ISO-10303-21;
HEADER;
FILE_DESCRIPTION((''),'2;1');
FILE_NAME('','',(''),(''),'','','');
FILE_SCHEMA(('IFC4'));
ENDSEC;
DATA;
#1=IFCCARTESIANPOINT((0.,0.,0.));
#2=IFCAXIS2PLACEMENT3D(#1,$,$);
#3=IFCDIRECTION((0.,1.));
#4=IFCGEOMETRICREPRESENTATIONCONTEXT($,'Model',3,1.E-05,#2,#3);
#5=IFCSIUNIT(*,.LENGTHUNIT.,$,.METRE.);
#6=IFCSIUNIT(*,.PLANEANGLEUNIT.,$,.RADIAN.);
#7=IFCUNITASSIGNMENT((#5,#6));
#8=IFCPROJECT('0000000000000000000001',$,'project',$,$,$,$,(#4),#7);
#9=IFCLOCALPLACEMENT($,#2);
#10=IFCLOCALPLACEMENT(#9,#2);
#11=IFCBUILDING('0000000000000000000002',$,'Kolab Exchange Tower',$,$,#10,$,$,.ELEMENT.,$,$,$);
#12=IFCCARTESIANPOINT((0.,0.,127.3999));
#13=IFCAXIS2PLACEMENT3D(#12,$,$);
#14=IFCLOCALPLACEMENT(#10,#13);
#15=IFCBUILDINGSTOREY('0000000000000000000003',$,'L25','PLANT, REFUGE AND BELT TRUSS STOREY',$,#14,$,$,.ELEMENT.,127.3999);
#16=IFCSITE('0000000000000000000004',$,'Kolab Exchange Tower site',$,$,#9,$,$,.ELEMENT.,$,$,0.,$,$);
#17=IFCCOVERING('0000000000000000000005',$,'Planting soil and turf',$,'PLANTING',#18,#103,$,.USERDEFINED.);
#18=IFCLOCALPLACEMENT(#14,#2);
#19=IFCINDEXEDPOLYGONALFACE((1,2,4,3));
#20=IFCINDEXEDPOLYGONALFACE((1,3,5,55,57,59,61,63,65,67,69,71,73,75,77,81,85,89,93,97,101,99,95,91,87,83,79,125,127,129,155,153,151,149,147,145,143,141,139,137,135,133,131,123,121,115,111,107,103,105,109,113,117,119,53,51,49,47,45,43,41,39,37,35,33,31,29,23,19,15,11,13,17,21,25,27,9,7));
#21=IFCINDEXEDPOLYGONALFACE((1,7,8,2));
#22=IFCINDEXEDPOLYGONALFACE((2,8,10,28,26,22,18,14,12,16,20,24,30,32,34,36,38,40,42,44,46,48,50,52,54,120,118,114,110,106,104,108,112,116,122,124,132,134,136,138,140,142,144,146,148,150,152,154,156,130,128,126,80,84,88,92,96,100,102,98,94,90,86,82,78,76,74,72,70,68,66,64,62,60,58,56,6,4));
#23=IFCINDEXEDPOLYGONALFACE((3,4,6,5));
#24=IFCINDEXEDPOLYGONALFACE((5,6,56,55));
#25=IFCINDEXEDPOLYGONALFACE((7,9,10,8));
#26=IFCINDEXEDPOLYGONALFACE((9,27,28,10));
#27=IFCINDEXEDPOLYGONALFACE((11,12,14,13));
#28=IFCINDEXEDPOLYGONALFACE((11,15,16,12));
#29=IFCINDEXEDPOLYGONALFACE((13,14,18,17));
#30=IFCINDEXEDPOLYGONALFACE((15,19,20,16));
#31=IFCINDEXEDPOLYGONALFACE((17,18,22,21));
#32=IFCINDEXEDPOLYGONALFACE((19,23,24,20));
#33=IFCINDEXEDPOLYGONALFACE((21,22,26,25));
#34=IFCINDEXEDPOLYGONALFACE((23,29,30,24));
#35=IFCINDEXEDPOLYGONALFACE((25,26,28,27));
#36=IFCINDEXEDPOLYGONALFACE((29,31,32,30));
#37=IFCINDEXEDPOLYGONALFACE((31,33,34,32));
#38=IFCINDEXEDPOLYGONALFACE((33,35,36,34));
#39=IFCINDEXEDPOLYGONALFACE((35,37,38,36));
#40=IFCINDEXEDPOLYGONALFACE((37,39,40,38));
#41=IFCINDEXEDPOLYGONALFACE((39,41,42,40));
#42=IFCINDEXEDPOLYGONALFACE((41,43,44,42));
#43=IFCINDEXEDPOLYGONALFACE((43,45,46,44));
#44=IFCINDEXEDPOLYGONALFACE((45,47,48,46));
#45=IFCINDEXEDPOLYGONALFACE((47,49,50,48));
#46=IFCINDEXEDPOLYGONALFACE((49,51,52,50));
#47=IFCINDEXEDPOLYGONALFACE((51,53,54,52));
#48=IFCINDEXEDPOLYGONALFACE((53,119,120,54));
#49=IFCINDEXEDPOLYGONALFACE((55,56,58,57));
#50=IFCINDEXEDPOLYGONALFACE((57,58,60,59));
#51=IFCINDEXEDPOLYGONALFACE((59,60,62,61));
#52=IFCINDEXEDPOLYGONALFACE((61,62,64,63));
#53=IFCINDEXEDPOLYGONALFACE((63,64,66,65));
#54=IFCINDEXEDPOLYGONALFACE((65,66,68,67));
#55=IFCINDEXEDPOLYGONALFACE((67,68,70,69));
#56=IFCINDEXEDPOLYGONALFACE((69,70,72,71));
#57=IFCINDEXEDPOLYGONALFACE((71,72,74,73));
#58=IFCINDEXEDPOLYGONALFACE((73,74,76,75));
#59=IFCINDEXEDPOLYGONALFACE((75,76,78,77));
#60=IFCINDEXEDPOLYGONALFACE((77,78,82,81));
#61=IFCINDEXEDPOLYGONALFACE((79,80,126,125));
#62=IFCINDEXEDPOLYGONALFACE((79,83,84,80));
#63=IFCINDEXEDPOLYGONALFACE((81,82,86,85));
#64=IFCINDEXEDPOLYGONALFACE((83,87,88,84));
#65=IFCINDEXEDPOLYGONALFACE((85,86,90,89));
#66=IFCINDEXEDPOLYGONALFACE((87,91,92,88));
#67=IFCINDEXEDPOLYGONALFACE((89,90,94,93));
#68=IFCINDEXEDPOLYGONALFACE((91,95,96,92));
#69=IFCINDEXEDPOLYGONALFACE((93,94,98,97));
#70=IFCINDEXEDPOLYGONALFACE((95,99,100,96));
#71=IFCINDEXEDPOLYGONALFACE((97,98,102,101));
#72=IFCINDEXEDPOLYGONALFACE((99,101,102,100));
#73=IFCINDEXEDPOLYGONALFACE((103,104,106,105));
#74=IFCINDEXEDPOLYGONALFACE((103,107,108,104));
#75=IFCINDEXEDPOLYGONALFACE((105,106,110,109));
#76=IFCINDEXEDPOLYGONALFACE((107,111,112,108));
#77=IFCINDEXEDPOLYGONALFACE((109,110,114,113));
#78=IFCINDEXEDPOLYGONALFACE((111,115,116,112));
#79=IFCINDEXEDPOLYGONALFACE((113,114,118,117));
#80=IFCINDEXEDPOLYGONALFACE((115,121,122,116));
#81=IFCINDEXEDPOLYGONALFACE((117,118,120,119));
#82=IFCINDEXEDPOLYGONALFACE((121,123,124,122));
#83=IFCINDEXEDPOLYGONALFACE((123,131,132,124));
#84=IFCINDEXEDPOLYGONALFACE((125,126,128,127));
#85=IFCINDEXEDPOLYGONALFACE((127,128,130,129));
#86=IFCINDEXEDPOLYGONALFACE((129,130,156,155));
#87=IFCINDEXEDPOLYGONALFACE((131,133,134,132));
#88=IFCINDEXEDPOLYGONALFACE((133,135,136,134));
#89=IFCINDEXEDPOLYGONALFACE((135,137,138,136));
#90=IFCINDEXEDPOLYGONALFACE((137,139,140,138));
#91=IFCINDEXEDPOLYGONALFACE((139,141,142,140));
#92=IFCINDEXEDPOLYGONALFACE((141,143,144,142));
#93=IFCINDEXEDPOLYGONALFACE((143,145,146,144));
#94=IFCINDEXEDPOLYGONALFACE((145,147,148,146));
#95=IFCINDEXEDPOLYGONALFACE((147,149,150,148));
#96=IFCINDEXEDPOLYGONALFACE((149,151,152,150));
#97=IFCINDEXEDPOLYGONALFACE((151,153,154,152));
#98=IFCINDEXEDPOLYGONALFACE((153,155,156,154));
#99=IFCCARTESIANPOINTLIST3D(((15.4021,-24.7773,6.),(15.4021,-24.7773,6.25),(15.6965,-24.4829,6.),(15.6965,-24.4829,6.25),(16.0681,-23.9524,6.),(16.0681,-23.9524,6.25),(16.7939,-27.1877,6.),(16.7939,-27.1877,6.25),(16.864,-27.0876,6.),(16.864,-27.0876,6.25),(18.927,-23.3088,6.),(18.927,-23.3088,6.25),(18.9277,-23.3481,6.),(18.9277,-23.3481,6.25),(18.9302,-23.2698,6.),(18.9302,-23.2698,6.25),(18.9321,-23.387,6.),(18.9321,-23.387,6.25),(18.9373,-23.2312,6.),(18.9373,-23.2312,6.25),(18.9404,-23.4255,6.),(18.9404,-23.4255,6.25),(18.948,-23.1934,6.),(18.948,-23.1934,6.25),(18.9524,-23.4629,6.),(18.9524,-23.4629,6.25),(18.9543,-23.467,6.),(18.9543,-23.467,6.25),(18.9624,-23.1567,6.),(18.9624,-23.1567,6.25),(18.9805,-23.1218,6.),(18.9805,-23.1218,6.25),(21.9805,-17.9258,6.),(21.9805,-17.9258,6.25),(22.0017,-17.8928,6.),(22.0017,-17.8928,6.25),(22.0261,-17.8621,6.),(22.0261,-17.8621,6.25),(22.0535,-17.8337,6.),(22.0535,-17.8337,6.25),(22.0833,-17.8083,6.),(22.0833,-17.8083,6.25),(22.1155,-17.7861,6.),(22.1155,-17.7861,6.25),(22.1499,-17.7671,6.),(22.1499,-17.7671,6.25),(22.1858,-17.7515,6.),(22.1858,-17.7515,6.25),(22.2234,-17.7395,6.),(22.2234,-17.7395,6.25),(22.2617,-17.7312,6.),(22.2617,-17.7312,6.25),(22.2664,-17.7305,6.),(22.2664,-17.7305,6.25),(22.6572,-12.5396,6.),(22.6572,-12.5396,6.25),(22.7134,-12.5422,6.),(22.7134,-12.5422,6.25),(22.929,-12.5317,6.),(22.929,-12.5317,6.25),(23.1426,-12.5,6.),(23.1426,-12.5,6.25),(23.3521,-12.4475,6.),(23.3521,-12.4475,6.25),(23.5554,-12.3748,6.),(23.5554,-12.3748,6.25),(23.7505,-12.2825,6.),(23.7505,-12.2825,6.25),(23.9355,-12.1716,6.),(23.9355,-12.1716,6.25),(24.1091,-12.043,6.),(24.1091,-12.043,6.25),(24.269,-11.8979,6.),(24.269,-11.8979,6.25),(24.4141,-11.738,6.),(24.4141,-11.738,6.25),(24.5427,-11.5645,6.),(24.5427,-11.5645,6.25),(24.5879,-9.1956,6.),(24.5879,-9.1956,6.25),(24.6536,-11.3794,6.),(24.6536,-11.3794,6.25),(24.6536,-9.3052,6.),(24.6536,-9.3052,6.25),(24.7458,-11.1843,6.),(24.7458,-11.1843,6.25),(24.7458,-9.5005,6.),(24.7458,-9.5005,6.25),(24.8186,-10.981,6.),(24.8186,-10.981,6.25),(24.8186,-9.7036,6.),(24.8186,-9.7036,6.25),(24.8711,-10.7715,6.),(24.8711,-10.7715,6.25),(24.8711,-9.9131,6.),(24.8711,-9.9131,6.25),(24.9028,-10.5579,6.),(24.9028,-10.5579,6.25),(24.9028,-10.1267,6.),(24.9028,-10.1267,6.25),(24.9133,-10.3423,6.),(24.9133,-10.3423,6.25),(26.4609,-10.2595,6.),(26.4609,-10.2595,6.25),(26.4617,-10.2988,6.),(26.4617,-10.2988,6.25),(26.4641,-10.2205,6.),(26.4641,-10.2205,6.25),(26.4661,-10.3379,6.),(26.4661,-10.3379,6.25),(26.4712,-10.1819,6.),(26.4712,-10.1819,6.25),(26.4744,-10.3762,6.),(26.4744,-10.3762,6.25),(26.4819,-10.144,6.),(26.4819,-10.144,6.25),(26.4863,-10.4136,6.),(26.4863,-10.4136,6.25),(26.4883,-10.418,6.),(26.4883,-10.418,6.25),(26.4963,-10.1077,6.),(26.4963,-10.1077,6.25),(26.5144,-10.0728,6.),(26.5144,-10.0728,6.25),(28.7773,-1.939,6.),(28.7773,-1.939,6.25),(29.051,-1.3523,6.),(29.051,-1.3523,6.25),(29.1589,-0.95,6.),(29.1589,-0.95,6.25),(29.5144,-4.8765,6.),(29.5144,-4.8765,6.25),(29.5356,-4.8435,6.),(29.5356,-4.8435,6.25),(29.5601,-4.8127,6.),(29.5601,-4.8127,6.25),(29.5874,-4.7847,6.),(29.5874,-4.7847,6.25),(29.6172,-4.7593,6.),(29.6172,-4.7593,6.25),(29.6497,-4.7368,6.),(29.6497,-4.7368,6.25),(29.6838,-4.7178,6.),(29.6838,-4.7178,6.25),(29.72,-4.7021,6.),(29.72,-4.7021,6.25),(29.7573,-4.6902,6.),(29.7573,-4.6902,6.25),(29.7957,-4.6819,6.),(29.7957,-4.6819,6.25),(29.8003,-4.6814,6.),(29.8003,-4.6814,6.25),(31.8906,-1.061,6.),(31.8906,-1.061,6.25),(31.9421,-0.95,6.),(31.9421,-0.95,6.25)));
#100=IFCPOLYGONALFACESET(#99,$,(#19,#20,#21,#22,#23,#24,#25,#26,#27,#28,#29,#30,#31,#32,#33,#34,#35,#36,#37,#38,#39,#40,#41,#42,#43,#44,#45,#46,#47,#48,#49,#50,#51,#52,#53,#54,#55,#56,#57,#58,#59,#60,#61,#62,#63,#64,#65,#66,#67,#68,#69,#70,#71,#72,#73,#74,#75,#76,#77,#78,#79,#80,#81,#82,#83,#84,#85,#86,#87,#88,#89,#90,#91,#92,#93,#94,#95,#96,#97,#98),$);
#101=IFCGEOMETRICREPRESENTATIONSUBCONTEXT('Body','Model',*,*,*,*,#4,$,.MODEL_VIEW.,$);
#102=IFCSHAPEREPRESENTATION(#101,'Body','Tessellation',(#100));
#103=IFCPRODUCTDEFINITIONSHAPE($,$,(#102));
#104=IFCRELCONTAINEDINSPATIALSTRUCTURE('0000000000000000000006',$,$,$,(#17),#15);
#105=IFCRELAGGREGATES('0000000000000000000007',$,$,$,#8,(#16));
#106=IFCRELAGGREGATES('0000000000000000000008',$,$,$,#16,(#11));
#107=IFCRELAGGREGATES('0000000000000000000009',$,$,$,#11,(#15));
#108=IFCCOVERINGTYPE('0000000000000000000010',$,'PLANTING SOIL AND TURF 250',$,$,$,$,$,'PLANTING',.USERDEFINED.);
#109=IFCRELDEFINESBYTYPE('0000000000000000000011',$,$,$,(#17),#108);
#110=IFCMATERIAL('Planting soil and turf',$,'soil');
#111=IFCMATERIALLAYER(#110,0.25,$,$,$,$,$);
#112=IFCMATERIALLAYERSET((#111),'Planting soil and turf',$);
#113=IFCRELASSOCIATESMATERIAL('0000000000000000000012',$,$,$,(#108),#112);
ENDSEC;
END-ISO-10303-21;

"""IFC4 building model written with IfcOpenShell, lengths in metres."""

from ifc_helpers import new_model, si_unit, direction, frame, origin, place, context, subcontext, project, spatial, polyline, outline, extrude, material, layer, layer_set, type_object, element, save


model = new_model("IFC4")

# Units and contexts
model_context = context("Model", 3, precision=1e-05, world=origin(), true_north=direction((0.0, 1.0)))
body_context = subcontext(model_context, "Body", "Model", "MODEL_VIEW")
ifc_project = project(units=[si_unit("LENGTHUNIT", "METRE"), si_unit("PLANEANGLEUNIT", "RADIAN")], contexts=[model_context])

# Site, building, storey
site_placement = place(None, origin())
site = spatial("IfcSite", under=ifc_project, at=site_placement, Name="Kolab Exchange Tower site", CompositionType="ELEMENT", RefElevation=0.0)
building_placement = place(site_placement, origin())
building = spatial("IfcBuilding", under=site, at=building_placement, Name="Kolab Exchange Tower", CompositionType="ELEMENT")
storey_placement = place(building_placement, frame((0.0, 0.0, 127.3999)))
storey = spatial("IfcBuildingStorey", under=building, at=storey_placement, Name="L25", Description="PLANT, REFUGE AND BELT TRUSS STOREY", CompositionType="ELEMENT", Elevation=127.3999)

# Covering
ifc_material_1 = material(Name="Planting soil and turf", Category="soil")
ifc_layer_1 = layer(ifc_material_1, 0.25)
ifc_layer_set_1 = layer_set([ifc_layer_1], Name="Planting soil and turf")
covering_type_1 = type_object("IfcCoveringType", Name="PLANTING SOIL AND TURF 250", ElementType="PLANTING", PredefinedType="USERDEFINED", material=ifc_layer_set_1)
covering_1_placement = place(storey_placement, frame((0.0, 0.0, 6.0)))
element("IfcCovering", 1, at=covering_1_placement, inside=storey, type_object=covering_type_1, Name="Planting soil and turf", ObjectType="PLANTING", PredefinedType="USERDEFINED", context=body_context, shape_type="SweptSolid", body=[
    extrude(outline(polyline([(15.6965, -24.4829), (16.0681, -23.9524), (22.6572, -12.5396), (22.7134, -12.5422), (22.929, -12.5317), (23.1426, -12.5), (23.3521, -12.4475), (23.5554, -12.3748), (23.7505, -12.2825), (23.9355, -12.1716), (24.1091, -12.043), (24.269, -11.8979), (24.4141, -11.738), (24.5427, -11.5645), (24.6536, -11.3794), (24.7458, -11.1843), (24.8186, -10.981), (24.8711, -10.7715), (24.9028, -10.5579), (24.9133, -10.3423), (24.9028, -10.1267), (24.8711, -9.9131), (24.8186, -9.7036), (24.7458, -9.5005), (24.6536, -9.3052), (24.5879, -9.1956), (28.7773, -1.939), (29.051, -1.3523), (29.1589, -0.95), (31.9421, -0.95), (31.8906, -1.061), (29.8003, -4.6814), (29.7957, -4.6819), (29.7573, -4.6902), (29.72, -4.7021), (29.6838, -4.7178), (29.6497, -4.7368), (29.6172, -4.7593), (29.5874, -4.7847), (29.5601, -4.8127), (29.5356, -4.8435), (29.5144, -4.8765), (26.5144, -10.0728), (26.4963, -10.1077), (26.4819, -10.144), (26.4712, -10.1819), (26.4641, -10.2205), (26.4609, -10.2595), (26.4617, -10.2988), (26.4661, -10.3379), (26.4744, -10.3762), (26.4863, -10.4136), (26.4883, -10.418), (22.2664, -17.7305), (22.2617, -17.7312), (22.2234, -17.7395), (22.1858, -17.7515), (22.1499, -17.7671), (22.1155, -17.7861), (22.0833, -17.8083), (22.0535, -17.8337), (22.0261, -17.8621), (22.0017, -17.8928), (21.9805, -17.9258), (18.9805, -23.1218), (18.9624, -23.1567), (18.948, -23.1934), (18.9373, -23.2312), (18.9302, -23.2698), (18.927, -23.3088), (18.9277, -23.3481), (18.9321, -23.387), (18.9404, -23.4255), (18.9524, -23.4629), (18.9543, -23.467), (16.864, -27.0876), (16.7939, -27.1877), (15.4021, -24.7773), (15.6965, -24.4829)])), origin(), (0.0, 0.0, 1.0), 0.25),
])

save(model, "model.ifc")
